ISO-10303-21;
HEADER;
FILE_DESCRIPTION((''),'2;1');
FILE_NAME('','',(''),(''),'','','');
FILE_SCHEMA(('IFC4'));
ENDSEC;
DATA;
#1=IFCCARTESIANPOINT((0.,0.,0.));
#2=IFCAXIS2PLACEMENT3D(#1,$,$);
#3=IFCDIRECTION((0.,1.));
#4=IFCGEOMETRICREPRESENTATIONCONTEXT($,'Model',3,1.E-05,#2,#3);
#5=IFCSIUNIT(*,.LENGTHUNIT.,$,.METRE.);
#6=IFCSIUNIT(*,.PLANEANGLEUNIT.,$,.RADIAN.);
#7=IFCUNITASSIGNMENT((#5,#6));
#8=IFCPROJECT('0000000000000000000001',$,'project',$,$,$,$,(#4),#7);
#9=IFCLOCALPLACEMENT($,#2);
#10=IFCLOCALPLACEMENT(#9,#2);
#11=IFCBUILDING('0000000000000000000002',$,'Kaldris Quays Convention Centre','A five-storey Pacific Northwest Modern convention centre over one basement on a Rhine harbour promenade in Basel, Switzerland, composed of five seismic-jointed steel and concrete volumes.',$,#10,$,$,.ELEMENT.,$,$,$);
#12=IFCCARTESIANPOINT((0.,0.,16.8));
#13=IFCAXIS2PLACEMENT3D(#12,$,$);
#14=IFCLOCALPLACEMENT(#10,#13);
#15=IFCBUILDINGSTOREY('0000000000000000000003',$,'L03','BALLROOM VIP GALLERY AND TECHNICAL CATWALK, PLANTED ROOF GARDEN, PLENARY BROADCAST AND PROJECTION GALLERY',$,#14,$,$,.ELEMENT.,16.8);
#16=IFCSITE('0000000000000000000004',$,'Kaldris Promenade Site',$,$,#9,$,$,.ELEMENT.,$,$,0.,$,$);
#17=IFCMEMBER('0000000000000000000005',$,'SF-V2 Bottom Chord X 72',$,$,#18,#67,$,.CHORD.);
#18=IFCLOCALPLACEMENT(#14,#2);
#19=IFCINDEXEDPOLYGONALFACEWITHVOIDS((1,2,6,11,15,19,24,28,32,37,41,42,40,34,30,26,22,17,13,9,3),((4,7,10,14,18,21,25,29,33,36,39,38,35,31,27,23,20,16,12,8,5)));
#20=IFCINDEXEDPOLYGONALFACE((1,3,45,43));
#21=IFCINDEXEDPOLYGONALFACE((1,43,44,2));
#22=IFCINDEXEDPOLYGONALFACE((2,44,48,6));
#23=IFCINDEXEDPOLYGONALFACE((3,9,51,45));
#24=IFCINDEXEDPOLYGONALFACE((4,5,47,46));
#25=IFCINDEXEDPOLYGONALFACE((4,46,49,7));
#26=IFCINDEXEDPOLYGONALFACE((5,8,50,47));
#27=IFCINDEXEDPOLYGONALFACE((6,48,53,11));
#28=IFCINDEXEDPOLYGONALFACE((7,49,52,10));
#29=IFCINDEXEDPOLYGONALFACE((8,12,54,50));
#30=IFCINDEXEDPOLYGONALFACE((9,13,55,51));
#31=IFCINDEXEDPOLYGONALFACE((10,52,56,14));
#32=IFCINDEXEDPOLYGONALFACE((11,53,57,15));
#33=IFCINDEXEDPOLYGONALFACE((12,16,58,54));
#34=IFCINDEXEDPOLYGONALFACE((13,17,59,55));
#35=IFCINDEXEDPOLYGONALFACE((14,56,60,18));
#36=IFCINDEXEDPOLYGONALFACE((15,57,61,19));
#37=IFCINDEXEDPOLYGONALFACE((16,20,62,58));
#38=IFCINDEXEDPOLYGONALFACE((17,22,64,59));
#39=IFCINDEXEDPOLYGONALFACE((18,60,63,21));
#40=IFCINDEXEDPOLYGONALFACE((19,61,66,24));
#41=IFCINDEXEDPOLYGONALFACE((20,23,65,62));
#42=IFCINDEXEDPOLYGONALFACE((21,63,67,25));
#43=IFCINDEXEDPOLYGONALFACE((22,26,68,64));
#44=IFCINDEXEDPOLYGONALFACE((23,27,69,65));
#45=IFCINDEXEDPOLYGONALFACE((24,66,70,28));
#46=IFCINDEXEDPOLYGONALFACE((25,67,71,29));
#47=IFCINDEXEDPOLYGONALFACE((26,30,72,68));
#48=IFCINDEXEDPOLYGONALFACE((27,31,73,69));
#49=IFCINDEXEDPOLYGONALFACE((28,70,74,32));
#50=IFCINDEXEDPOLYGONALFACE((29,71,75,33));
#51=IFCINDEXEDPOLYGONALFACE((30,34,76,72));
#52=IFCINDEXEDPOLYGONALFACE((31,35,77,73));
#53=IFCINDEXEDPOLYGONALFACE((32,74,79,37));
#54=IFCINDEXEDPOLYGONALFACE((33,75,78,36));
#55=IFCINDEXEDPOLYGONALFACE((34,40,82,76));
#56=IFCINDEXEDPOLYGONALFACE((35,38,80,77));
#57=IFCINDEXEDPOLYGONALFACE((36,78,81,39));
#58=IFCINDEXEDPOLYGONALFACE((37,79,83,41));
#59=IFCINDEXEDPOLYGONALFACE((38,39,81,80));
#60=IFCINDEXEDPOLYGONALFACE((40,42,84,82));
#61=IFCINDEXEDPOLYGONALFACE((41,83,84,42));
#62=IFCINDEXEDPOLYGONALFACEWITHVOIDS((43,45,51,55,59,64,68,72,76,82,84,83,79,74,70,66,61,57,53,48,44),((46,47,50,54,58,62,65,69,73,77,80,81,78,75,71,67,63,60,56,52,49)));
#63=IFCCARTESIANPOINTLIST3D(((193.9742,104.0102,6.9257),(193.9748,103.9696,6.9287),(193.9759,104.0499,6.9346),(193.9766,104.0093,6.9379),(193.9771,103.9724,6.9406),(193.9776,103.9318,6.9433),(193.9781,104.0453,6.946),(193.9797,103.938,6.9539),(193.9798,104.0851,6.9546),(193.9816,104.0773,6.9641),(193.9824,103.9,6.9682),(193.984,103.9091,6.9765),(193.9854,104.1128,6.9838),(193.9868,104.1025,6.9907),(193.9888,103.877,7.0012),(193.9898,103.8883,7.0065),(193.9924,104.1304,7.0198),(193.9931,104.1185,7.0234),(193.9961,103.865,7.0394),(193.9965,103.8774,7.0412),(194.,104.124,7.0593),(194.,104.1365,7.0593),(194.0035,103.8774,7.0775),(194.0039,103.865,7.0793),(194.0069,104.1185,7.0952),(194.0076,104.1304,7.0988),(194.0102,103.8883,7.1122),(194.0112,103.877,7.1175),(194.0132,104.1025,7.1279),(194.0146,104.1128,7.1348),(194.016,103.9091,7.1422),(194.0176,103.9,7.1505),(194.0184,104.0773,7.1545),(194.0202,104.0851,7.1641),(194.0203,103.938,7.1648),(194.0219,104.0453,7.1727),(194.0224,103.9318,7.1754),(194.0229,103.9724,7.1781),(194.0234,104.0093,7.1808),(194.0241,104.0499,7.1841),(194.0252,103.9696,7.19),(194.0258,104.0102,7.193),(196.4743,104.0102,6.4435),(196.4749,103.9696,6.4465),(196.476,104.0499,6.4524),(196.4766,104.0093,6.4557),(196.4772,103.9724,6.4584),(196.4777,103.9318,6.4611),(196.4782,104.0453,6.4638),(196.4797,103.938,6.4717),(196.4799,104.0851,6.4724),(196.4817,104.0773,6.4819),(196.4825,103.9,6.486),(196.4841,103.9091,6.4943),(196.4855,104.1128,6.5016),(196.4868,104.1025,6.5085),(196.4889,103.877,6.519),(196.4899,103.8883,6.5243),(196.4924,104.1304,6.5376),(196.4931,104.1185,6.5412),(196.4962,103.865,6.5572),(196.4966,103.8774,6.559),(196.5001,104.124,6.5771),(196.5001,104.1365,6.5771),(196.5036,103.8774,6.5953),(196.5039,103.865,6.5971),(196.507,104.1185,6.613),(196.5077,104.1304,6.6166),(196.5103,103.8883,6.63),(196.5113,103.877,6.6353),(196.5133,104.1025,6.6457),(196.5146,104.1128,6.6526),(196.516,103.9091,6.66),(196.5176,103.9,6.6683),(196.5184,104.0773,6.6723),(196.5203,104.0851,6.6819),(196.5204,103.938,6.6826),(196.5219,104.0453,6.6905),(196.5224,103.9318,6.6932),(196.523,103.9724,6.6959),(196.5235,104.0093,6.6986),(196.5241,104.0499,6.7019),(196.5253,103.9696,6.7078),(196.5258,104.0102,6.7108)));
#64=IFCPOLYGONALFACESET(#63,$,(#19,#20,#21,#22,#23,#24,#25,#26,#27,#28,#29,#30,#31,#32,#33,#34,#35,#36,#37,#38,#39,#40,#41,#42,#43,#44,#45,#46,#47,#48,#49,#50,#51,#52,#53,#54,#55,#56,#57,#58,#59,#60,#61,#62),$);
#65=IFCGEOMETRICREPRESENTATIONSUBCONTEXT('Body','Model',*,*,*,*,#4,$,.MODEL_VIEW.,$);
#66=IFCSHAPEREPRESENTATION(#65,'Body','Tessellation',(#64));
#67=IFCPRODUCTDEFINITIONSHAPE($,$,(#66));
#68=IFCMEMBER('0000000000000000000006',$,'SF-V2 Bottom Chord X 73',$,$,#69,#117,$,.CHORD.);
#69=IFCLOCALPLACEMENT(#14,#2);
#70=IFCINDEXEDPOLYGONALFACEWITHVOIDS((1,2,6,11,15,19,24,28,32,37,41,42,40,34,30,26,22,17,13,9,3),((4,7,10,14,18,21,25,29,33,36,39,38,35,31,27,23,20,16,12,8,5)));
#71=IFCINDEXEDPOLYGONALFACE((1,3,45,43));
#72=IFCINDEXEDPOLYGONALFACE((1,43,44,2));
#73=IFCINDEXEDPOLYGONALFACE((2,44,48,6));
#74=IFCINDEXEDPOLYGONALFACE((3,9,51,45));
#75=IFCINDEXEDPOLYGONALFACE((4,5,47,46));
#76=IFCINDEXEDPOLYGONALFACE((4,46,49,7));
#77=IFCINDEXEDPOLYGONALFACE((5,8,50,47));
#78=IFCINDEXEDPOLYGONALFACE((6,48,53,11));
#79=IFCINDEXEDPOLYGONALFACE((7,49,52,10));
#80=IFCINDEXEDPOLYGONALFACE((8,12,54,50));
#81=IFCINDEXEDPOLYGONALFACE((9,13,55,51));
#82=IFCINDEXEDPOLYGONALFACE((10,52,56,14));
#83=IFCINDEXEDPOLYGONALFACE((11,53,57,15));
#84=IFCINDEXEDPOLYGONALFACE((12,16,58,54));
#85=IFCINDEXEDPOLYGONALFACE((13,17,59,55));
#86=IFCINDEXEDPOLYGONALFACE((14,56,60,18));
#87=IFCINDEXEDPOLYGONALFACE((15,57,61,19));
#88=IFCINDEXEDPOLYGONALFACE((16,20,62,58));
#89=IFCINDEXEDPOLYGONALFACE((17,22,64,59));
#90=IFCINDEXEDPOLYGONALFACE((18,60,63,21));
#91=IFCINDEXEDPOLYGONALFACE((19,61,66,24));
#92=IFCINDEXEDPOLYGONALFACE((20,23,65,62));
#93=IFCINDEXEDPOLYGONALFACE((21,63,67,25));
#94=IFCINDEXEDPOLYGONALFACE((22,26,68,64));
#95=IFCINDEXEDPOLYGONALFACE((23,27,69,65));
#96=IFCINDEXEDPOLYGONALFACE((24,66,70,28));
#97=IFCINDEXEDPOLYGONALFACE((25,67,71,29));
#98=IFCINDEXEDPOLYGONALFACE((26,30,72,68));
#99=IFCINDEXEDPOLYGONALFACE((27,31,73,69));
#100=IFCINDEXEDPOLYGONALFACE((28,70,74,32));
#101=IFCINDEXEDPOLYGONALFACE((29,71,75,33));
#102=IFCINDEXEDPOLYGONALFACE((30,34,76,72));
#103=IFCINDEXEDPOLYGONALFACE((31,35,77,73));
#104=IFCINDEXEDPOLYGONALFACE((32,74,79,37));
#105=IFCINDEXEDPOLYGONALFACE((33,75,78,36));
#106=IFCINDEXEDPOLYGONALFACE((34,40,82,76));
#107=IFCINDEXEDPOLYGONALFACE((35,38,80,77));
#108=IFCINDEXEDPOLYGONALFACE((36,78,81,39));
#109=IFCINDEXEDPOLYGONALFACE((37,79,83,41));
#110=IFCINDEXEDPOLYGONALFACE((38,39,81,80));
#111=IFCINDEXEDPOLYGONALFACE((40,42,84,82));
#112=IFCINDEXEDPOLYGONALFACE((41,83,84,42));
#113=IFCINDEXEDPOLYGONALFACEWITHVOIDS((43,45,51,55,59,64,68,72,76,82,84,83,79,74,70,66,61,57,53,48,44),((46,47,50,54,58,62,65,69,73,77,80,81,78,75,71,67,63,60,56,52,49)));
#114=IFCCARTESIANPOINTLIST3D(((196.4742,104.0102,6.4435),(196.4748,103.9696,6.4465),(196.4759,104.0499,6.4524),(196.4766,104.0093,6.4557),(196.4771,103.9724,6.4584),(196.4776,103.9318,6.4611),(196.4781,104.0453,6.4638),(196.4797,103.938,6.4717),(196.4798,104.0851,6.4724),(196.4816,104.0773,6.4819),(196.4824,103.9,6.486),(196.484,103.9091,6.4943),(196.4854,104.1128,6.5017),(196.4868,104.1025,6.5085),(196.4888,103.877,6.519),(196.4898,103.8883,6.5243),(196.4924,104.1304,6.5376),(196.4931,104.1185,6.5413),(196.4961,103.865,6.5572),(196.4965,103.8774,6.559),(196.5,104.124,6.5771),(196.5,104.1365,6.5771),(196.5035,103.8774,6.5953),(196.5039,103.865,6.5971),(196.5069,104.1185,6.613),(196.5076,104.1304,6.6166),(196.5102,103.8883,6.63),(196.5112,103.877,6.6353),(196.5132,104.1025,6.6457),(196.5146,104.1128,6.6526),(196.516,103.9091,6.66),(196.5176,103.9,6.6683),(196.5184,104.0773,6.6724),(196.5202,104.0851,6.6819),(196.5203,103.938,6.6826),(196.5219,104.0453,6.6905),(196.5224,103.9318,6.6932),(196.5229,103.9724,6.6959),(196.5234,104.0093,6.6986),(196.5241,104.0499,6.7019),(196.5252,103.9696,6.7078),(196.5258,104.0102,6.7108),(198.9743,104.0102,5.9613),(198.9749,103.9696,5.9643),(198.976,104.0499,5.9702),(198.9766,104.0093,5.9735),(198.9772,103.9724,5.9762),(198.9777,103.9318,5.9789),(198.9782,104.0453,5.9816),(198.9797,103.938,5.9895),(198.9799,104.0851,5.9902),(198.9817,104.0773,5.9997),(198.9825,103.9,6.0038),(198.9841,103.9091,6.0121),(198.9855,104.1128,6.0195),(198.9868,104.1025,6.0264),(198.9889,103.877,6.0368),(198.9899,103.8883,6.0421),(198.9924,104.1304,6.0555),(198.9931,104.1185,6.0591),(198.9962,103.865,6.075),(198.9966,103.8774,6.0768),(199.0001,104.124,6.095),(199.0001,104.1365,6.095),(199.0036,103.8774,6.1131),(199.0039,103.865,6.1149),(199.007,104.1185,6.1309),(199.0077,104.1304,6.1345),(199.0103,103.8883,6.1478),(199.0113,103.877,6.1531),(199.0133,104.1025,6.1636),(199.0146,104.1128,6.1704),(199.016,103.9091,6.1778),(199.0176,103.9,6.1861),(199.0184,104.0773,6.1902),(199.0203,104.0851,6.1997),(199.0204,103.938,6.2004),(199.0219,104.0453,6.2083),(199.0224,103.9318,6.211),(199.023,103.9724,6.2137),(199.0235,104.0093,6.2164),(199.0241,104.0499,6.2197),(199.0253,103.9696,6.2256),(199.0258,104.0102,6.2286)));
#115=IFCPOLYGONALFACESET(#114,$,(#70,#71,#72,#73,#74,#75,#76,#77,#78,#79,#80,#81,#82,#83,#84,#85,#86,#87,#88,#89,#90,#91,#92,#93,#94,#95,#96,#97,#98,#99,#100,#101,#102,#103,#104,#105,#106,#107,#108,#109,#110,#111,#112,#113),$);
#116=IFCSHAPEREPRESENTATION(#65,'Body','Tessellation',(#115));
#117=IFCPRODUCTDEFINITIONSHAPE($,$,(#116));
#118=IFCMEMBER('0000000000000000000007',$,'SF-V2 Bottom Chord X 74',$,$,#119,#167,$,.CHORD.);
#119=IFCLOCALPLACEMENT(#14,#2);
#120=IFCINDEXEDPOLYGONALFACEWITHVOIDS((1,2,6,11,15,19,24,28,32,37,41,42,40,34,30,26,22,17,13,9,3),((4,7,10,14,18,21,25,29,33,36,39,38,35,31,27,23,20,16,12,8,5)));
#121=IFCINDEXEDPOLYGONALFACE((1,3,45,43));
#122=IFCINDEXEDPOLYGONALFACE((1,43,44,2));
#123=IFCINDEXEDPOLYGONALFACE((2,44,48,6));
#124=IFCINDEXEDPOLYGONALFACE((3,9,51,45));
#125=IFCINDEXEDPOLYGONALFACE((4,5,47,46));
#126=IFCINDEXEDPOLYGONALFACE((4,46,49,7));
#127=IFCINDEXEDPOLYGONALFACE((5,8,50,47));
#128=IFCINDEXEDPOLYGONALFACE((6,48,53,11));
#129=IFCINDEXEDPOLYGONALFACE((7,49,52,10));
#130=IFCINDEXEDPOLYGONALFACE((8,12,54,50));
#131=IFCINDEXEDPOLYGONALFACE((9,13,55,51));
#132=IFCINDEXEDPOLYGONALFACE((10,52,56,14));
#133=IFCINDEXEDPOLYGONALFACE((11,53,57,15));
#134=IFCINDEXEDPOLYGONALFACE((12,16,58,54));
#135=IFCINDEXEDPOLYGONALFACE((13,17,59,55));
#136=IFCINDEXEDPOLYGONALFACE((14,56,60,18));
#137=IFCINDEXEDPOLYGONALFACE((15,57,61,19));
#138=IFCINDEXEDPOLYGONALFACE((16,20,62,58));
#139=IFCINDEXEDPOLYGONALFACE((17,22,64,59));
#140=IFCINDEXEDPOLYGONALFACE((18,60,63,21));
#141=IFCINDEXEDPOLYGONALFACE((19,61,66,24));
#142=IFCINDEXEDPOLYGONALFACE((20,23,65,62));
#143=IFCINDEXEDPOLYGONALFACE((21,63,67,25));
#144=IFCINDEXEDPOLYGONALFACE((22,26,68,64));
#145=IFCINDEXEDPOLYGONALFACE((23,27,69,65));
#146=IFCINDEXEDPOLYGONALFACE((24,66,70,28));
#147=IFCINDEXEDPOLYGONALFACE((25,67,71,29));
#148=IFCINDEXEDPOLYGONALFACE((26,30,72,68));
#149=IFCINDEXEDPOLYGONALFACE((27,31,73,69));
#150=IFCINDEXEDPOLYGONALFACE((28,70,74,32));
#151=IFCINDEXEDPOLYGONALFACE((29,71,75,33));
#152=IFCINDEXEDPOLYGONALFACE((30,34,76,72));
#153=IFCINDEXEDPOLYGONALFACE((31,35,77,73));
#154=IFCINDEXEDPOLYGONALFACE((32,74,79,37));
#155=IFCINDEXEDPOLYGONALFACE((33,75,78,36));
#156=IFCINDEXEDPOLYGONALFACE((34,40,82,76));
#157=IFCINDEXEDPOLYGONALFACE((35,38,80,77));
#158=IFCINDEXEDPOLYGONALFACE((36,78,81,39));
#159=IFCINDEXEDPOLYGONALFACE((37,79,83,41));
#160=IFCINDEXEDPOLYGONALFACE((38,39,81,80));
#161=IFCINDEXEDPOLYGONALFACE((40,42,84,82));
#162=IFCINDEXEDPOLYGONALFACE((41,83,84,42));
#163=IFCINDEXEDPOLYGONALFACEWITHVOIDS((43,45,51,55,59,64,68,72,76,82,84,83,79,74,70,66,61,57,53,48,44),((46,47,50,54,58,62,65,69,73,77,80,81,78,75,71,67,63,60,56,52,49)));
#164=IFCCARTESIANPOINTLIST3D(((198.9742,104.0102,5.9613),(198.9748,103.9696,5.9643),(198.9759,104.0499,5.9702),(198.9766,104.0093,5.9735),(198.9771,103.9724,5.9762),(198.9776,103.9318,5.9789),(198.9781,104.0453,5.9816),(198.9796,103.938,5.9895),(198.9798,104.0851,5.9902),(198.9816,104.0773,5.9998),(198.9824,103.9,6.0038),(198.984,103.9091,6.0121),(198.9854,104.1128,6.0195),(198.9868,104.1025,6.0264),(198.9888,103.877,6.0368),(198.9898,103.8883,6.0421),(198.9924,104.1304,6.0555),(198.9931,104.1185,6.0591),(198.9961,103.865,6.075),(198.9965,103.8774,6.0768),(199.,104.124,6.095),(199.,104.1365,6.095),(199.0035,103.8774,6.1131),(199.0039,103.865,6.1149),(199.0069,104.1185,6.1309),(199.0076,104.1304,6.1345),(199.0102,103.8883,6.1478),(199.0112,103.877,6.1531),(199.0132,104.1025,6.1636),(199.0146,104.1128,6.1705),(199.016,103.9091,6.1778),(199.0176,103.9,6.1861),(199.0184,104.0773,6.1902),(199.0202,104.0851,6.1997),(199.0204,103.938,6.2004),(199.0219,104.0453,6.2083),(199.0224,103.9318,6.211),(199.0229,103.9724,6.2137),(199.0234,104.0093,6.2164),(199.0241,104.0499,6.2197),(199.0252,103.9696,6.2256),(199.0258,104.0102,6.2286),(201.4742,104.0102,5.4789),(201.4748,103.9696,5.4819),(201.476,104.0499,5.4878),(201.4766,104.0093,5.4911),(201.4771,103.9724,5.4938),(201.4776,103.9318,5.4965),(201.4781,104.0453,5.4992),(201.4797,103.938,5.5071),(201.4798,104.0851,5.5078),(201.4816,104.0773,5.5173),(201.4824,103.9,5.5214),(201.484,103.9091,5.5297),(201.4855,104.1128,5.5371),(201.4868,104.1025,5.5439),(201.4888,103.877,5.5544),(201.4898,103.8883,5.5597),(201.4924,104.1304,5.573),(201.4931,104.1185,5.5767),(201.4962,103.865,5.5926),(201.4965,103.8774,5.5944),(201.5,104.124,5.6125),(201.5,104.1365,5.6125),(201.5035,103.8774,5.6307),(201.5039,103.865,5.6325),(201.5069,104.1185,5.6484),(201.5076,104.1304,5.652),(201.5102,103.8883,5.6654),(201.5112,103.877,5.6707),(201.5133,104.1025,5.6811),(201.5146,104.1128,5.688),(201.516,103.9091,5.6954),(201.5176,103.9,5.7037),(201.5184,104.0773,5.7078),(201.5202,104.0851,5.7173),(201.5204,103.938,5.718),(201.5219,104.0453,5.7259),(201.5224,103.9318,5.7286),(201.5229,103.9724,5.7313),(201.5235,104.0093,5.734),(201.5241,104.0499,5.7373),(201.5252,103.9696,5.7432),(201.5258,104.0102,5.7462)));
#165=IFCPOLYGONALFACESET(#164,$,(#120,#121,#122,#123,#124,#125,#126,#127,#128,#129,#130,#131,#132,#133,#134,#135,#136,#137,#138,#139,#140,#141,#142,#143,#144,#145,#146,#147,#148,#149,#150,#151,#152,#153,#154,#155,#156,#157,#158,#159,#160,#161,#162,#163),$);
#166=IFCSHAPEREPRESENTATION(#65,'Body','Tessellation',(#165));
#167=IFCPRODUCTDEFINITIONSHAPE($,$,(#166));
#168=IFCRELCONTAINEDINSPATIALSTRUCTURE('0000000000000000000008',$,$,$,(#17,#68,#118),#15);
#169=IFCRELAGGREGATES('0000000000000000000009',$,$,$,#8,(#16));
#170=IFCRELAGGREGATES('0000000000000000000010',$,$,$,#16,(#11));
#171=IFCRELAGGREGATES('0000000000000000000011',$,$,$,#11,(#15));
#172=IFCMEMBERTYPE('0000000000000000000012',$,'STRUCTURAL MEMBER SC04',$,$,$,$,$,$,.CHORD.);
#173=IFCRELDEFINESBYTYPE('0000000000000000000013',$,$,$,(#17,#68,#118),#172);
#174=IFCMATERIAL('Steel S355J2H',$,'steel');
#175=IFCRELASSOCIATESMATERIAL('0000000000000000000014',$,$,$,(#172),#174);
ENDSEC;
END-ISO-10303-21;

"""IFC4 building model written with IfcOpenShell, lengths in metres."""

from ifc_helpers import new_model, si_unit, direction, frame, origin, origin_2d, place, context, subcontext, project, spatial, hollow_circle, extrude, material, material_profile, profile_set, type_object, element, save


model = new_model("IFC4")

# Units and contexts
model_context = context("Model", 3, precision=1e-05, world=origin(), true_north=direction((0.0, 1.0)))
body_context = subcontext(model_context, "Body", "Model", "MODEL_VIEW")
ifc_project = project(units=[si_unit("LENGTHUNIT", "METRE"), si_unit("PLANEANGLEUNIT", "RADIAN")], contexts=[model_context])

# Site, building, storey
site_placement = place(None, origin())
site = spatial("IfcSite", under=ifc_project, at=site_placement, Name="Kaldris Promenade Site", CompositionType="ELEMENT", RefElevation=0.0)
building_placement = place(site_placement, origin())
building = spatial("IfcBuilding", under=site, at=building_placement, Name="Kaldris Quays Convention Centre", Description="A five-storey Pacific Northwest Modern convention centre over one basement on a Rhine harbour promenade in Basel, Switzerland, composed of five seismic-jointed steel and concrete volumes.", CompositionType="ELEMENT")
storey_placement = place(building_placement, frame((0.0, 0.0, 16.8)))
storey = spatial("IfcBuildingStorey", under=building, at=storey_placement, Name="L03", Description="BALLROOM VIP GALLERY AND TECHNICAL CATWALK, PLANTED ROOF GARDEN, PLENARY BROADCAST AND PROJECTION GALLERY", CompositionType="ELEMENT", Elevation=16.8)

# Members
ifc_material_1 = material(Name="Steel S355J2H", Category="steel")
ifc_material_profile_1 = material_profile(ifc_material_1, hollow_circle(Radius=0.1365, WallThickness=0.0125, at=origin_2d()), Name="CHS 273x12.5")
ifc_profile_set_1 = profile_set([ifc_material_profile_1], Name="Steel S355J2H")
member_type_1 = type_object("IfcMemberType", Name="STRUCTURAL MEMBER SC04", PredefinedType="CHORD", material=ifc_profile_set_1)
for number, where, z_axis, x_axis, name in (
    (1, (194.0, 104.0, 7.0593), (0.981904, 0.0, -0.189381), (0.0, 1.0, 0.0), "SF-V2 Bottom Chord X 72"),
    (2, (196.5, 104.0, 6.5771), (0.981904, 0.0, -0.189381), (0.0, 1.0, 0.0), "SF-V2 Bottom Chord X 73"),
    (3, (199.0, 104.0, 6.095), (0.981886, 0.0, -0.189473), (0.0, 1.0, 0.0), "SF-V2 Bottom Chord X 74"),
):
    element("IfcMember", number, at=place(storey_placement, frame(where, z_axis=z_axis, x_axis=x_axis)), inside=storey, type_object=member_type_1, Name=name, PredefinedType="CHORD", context=body_context, shape_type="SweptSolid", body=[
        extrude(hollow_circle(Radius=0.1365, WallThickness=0.0125, at=origin_2d()), origin(), (0.0, 0.0, 1.0), 2.5461),
    ])

save(model, "model.ifc")
